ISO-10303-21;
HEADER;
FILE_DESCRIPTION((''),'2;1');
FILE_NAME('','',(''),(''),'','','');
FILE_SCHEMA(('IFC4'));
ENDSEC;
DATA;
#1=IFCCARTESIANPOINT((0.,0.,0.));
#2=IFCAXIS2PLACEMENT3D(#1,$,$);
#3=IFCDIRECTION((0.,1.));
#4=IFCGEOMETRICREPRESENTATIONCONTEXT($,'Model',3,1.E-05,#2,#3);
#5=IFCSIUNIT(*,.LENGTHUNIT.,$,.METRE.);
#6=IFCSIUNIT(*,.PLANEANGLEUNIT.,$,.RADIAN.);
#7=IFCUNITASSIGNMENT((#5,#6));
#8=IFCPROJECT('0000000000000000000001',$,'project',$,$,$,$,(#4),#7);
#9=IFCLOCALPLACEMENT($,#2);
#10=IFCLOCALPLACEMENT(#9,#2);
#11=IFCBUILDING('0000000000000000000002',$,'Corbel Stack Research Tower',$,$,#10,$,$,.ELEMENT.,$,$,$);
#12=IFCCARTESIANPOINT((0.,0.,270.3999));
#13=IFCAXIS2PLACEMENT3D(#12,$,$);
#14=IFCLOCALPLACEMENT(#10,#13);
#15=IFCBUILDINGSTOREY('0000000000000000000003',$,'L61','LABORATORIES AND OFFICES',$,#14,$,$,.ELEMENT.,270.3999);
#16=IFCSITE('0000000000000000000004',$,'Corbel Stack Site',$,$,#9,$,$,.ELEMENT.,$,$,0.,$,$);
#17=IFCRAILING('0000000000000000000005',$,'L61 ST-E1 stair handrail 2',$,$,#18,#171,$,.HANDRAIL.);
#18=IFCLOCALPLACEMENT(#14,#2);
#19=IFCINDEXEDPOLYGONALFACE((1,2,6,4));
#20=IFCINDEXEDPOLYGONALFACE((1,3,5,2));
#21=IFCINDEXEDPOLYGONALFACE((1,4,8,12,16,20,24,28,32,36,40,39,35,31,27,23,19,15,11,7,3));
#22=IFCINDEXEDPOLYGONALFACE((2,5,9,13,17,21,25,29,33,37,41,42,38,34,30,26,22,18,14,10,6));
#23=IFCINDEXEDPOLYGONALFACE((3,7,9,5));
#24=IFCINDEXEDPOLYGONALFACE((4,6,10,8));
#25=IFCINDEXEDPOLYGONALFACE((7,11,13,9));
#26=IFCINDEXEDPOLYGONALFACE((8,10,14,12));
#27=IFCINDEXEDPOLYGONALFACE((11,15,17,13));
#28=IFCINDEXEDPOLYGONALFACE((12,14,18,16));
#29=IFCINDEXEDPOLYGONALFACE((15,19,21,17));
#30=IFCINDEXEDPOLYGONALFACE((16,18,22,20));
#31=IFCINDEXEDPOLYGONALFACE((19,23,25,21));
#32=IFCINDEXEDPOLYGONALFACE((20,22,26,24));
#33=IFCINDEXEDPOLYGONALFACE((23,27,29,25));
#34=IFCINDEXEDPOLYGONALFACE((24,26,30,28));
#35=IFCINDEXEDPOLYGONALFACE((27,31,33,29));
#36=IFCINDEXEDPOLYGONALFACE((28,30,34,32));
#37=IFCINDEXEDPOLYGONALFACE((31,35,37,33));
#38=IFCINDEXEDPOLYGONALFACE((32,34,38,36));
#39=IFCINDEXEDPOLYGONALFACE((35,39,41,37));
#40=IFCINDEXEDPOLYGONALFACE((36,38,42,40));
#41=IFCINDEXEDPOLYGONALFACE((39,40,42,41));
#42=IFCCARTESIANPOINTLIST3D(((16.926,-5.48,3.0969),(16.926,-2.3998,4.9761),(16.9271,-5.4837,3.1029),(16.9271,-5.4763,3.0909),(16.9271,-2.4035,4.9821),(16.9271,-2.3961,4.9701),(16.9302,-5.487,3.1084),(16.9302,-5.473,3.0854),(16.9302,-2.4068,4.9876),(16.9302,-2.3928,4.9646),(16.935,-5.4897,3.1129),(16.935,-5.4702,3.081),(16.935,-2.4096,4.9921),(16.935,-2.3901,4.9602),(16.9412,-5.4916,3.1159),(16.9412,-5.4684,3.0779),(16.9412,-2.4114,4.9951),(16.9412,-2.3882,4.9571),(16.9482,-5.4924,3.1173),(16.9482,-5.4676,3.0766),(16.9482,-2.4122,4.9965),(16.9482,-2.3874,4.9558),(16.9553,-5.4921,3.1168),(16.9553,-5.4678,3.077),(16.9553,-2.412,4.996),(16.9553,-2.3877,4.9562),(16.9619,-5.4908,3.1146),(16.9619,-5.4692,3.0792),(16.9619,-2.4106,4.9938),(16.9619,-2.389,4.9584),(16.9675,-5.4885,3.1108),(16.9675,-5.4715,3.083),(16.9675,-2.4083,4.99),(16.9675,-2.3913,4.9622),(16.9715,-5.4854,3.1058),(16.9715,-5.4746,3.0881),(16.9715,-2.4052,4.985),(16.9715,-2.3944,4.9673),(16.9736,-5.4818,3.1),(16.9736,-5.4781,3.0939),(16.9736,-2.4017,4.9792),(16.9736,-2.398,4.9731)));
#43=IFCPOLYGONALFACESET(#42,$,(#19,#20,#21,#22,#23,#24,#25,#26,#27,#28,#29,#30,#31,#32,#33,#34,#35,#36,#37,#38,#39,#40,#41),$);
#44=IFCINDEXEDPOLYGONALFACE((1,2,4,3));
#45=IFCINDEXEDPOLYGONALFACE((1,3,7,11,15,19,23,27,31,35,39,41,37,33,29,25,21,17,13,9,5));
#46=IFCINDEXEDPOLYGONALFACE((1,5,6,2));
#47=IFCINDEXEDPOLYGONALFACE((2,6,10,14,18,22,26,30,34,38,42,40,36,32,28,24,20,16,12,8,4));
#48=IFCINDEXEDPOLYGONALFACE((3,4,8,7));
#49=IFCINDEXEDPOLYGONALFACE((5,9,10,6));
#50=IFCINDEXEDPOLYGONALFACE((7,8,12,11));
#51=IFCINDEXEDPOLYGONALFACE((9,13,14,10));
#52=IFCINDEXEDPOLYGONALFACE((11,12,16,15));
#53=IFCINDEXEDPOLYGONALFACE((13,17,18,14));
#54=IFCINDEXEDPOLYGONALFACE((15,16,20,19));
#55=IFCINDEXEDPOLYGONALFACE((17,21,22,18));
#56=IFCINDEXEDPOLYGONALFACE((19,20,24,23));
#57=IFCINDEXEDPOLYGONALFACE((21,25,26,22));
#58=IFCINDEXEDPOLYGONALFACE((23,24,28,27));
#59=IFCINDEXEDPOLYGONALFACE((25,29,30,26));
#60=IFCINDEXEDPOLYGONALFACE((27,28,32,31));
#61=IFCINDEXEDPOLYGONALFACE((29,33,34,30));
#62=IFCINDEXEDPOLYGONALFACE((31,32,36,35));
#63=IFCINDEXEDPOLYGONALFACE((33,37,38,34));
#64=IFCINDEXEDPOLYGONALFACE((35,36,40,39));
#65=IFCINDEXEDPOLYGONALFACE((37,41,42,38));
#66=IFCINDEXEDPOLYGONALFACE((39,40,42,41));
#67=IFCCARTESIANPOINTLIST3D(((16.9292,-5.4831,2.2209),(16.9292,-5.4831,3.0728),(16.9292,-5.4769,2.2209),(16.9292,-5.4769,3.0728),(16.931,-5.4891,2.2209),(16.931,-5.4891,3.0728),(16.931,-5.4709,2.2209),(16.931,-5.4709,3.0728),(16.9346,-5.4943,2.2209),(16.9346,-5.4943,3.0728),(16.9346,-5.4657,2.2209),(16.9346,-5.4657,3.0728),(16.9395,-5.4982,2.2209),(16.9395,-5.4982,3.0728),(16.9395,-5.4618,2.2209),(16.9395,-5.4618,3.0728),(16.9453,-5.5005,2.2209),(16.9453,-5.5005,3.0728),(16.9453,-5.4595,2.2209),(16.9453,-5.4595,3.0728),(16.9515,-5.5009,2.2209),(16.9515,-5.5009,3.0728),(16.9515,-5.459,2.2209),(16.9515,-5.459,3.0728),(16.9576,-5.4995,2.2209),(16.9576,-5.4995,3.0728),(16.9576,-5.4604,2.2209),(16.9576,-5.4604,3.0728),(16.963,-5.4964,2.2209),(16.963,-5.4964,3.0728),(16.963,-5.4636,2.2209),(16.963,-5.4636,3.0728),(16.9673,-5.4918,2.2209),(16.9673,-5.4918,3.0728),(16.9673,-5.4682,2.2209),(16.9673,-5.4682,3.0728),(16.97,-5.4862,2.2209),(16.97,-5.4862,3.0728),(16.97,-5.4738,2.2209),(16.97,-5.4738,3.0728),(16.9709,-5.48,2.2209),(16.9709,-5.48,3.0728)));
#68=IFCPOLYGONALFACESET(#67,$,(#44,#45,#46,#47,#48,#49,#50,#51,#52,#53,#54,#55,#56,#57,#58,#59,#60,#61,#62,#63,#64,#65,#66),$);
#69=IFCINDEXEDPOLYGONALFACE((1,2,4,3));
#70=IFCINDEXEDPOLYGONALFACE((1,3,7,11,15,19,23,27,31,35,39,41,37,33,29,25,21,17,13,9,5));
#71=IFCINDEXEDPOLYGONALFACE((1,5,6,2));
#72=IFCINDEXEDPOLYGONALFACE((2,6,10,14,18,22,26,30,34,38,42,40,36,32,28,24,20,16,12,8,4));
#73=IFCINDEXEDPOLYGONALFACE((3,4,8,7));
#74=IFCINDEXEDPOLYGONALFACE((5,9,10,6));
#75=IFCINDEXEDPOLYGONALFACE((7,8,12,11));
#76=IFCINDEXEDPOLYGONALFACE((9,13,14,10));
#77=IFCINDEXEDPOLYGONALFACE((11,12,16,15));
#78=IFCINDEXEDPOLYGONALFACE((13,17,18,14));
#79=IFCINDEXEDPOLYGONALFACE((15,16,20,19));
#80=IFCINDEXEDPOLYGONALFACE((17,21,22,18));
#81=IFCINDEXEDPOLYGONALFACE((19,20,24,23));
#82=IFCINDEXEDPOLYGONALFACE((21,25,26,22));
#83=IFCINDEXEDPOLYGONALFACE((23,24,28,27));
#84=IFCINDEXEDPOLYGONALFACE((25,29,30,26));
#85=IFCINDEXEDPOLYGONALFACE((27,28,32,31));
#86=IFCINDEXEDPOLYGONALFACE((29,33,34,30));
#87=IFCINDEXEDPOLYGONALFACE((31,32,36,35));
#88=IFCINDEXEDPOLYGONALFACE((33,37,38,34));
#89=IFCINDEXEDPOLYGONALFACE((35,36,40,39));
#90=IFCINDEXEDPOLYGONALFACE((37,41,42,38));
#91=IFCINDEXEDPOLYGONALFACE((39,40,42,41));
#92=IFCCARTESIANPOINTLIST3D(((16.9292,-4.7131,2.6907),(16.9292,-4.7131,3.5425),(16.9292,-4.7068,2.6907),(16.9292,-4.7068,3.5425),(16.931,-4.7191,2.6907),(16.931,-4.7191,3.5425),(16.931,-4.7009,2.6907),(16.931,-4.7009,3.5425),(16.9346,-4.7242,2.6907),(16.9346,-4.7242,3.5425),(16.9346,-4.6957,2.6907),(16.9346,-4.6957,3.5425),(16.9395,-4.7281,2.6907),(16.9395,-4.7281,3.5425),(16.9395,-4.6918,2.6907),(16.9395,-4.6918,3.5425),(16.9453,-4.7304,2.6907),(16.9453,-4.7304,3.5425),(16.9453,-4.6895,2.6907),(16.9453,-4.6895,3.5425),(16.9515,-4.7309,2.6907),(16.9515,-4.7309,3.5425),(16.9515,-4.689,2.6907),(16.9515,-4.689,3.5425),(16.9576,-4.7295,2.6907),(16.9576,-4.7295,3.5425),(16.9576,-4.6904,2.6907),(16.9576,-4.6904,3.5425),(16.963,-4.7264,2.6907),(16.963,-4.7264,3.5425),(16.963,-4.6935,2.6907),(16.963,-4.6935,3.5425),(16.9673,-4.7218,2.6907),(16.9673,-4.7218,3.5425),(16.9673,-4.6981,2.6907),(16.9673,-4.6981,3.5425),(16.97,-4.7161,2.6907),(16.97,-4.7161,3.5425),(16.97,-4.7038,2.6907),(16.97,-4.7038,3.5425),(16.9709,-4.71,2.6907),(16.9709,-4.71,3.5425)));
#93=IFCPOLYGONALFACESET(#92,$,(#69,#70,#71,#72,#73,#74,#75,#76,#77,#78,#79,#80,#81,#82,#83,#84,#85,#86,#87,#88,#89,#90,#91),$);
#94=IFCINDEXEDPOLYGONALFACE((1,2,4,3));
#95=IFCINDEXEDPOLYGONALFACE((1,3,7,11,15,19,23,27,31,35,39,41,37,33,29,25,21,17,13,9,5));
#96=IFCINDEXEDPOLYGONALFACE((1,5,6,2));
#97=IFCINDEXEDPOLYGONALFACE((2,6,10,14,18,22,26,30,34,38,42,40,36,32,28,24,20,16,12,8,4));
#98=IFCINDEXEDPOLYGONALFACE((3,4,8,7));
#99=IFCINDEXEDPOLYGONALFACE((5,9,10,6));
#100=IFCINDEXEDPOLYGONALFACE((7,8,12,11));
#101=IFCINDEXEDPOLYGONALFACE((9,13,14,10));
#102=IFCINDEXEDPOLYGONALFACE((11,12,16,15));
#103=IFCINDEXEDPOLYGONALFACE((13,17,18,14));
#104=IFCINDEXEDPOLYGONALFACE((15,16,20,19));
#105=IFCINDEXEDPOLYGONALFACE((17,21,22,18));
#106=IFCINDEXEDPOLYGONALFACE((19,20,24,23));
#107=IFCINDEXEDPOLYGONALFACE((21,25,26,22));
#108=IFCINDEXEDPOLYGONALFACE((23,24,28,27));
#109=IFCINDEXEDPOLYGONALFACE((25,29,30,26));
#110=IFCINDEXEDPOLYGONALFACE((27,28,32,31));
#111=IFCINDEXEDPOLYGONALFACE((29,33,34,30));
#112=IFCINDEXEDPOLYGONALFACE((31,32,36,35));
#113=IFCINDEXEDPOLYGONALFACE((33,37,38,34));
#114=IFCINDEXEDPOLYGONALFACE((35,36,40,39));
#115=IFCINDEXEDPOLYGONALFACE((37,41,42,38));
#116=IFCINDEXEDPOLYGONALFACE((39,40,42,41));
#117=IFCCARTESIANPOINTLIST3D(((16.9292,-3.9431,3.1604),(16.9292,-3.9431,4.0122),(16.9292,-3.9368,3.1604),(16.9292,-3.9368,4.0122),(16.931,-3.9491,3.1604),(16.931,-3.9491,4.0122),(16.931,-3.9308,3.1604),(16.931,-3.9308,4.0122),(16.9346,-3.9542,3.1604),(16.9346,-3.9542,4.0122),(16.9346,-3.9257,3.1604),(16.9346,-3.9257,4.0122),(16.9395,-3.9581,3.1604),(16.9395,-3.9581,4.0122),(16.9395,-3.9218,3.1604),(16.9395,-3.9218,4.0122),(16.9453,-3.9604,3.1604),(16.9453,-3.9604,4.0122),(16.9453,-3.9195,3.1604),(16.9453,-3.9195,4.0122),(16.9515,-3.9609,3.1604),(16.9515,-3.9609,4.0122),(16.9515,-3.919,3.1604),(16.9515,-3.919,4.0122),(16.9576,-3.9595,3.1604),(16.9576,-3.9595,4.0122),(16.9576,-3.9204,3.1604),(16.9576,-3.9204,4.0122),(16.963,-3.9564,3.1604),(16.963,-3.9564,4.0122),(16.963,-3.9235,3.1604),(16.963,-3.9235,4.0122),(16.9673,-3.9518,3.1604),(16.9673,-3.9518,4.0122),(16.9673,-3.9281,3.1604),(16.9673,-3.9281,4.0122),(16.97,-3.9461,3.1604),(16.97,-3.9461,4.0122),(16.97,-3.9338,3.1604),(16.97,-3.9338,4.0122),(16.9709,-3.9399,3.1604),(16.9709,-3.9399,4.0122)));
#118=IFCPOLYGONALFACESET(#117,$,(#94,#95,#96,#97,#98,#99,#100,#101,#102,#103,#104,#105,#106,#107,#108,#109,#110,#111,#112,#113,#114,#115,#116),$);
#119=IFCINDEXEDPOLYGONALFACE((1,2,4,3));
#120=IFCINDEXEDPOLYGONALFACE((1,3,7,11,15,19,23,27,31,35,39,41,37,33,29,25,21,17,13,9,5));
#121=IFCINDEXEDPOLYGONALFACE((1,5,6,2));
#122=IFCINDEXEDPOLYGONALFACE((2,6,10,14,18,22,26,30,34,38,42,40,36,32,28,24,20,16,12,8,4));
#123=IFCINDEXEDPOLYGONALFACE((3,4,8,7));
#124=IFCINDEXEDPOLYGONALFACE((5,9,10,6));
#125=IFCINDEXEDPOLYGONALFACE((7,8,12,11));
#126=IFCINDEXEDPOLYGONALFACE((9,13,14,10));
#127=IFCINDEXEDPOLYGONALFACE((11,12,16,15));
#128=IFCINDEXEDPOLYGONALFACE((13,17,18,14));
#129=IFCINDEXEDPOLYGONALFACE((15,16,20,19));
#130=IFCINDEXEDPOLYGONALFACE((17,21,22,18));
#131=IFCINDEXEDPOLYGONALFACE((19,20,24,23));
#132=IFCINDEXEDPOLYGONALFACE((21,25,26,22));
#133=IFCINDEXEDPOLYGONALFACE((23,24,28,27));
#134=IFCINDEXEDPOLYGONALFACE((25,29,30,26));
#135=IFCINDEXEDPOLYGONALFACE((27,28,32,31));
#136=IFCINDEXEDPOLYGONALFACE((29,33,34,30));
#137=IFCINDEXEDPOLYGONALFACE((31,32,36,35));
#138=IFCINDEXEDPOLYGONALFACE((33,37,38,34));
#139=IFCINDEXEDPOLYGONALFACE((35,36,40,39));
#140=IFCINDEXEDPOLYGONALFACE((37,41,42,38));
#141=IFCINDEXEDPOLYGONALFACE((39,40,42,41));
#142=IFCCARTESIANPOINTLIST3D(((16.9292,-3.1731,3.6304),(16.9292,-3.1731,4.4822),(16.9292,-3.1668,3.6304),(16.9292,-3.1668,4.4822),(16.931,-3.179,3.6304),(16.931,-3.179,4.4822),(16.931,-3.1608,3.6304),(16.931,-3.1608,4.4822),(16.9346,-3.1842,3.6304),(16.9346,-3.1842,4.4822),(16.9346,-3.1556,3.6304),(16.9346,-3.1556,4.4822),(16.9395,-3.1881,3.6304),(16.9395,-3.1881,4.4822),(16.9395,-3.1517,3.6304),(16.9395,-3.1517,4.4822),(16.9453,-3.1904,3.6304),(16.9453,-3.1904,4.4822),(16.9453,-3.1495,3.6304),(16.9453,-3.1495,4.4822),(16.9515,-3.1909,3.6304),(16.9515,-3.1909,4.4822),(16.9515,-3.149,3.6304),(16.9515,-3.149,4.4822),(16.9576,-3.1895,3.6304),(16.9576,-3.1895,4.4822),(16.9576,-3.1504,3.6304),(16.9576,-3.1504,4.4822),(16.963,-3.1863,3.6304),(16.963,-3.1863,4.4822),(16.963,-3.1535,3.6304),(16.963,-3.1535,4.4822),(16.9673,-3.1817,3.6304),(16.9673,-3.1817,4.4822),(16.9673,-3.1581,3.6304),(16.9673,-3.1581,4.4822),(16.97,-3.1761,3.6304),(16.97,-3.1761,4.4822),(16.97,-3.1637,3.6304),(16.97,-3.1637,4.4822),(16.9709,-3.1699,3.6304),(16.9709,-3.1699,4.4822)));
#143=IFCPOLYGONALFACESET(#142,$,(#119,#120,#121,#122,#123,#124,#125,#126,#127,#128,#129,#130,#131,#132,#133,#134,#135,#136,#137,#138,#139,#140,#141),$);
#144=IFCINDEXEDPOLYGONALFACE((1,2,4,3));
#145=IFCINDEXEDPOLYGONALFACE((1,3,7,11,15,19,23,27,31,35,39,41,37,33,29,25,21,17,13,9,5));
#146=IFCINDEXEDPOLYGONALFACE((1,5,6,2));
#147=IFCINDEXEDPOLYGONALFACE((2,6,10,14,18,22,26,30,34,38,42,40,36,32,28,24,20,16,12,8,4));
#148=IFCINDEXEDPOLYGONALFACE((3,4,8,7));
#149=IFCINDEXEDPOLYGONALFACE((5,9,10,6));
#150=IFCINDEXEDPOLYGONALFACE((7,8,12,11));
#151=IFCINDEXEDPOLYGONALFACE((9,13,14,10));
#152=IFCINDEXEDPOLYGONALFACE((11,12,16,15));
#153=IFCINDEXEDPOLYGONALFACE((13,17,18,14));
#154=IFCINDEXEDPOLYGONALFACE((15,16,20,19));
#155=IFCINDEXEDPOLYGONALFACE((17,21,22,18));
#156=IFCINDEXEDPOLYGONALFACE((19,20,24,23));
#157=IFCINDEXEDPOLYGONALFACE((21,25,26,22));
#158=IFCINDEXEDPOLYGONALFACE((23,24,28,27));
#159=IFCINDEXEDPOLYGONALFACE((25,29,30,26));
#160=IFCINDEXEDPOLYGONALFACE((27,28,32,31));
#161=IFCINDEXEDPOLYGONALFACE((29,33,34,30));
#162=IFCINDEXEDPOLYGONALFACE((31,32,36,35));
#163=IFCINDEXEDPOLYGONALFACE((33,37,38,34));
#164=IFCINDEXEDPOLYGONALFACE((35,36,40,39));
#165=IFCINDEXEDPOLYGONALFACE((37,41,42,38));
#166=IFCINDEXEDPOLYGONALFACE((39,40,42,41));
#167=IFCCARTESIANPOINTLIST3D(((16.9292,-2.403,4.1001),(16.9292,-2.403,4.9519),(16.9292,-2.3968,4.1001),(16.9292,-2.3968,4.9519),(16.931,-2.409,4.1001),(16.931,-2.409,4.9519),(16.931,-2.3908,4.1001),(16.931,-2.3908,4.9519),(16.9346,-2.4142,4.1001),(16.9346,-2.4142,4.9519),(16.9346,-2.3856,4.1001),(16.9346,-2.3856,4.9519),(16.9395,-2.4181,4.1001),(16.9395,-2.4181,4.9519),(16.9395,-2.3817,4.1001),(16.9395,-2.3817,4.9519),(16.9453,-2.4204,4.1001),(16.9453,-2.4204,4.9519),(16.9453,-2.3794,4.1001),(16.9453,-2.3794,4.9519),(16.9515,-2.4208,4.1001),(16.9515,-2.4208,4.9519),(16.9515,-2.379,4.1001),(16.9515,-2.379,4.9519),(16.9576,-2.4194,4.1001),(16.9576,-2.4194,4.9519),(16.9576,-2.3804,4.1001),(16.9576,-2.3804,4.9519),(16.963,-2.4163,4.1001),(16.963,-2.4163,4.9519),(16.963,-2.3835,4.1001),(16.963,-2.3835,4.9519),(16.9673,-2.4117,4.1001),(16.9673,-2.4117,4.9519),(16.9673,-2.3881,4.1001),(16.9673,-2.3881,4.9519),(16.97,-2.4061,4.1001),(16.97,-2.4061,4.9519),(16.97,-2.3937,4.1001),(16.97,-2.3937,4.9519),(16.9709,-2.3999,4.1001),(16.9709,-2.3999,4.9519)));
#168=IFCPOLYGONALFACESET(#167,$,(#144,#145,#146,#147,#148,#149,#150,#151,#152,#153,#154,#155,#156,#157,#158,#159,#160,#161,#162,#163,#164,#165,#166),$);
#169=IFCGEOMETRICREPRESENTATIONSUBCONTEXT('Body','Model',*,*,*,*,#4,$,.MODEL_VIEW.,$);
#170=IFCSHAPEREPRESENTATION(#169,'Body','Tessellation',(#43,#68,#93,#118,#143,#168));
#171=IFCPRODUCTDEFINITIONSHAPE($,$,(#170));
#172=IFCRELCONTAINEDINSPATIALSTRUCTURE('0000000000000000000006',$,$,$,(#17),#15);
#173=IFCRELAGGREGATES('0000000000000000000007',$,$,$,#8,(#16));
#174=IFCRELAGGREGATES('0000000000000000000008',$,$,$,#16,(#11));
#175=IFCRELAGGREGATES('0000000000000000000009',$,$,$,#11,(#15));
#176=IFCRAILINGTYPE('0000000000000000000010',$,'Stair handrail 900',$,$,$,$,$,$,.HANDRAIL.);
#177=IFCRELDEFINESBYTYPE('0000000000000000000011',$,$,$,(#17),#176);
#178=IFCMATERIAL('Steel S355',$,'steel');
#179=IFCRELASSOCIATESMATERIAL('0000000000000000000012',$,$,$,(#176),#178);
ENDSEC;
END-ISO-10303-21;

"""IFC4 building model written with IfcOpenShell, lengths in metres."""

from ifc_helpers import new_model, si_unit, direction, frame, origin, origin_2d, place, context, subcontext, project, spatial, circle, extrude, material, type_object, element, save


model = new_model("IFC4")

# Units and contexts
model_context = context("Model", 3, precision=1e-05, world=origin(), true_north=direction((0.0, 1.0)))
body_context = subcontext(model_context, "Body", "Model", "MODEL_VIEW")
ifc_project = project(units=[si_unit("LENGTHUNIT", "METRE"), si_unit("PLANEANGLEUNIT", "RADIAN")], contexts=[model_context])

# Site, building, storey
site_placement = place(None, origin())
site = spatial("IfcSite", under=ifc_project, at=site_placement, Name="Corbel Stack Site", CompositionType="ELEMENT", RefElevation=0.0)
building_placement = place(site_placement, origin())
building = spatial("IfcBuilding", under=site, at=building_placement, Name="Corbel Stack Research Tower", CompositionType="ELEMENT")
storey_placement = place(building_placement, frame((0.0, 0.0, 270.3999)))
storey = spatial("IfcBuildingStorey", under=building, at=storey_placement, Name="L61", Description="LABORATORIES AND OFFICES", CompositionType="ELEMENT", Elevation=270.3999)

# Railing
ifc_material_1 = material(Name="Steel S355", Category="steel")
railing_type_1 = type_object("IfcRailingType", Name="Stair handrail 900", PredefinedType="HANDRAIL", material=ifc_material_1)
railing_1_placement = place(storey_placement, frame((16.95, -5.48, 2.2209)))
element("IfcRailing", 1, at=railing_1_placement, inside=storey, type_object=railing_type_1, Name="L61 ST-E1 stair handrail 2", PredefinedType="HANDRAIL", context=body_context, shape_type="SweptSolid", body=[
    extrude(circle(Radius=0.0239, at=origin_2d()), frame((0.0, 0.0, 0.876), z_axis=(0.0, 0.853666, 0.52082), x_axis=(-1.0, 0.0, 0.0)), (0.0, 0.0, 1.0), 3.6082),
    extrude(circle(Radius=0.021, at=origin_2d()), origin(), (0.0, 0.0, 1.0), 0.8518),
    extrude(circle(Radius=0.021, at=origin_2d()), frame((0.0, 0.77, 0.4697)), (0.0, 0.0, 1.0), 0.8518),
    extrude(circle(Radius=0.021, at=origin_2d()), frame((0.0, 1.54, 0.9395)), (0.0, 0.0, 1.0), 0.8518),
    extrude(circle(Radius=0.021, at=origin_2d()), frame((0.0, 2.3101, 1.4094)), (0.0, 0.0, 1.0), 0.8518),
    extrude(circle(Radius=0.021, at=origin_2d()), frame((0.0, 3.0801, 1.8792)), (0.0, 0.0, 1.0), 0.8518),
])

save(model, "model.ifc")
